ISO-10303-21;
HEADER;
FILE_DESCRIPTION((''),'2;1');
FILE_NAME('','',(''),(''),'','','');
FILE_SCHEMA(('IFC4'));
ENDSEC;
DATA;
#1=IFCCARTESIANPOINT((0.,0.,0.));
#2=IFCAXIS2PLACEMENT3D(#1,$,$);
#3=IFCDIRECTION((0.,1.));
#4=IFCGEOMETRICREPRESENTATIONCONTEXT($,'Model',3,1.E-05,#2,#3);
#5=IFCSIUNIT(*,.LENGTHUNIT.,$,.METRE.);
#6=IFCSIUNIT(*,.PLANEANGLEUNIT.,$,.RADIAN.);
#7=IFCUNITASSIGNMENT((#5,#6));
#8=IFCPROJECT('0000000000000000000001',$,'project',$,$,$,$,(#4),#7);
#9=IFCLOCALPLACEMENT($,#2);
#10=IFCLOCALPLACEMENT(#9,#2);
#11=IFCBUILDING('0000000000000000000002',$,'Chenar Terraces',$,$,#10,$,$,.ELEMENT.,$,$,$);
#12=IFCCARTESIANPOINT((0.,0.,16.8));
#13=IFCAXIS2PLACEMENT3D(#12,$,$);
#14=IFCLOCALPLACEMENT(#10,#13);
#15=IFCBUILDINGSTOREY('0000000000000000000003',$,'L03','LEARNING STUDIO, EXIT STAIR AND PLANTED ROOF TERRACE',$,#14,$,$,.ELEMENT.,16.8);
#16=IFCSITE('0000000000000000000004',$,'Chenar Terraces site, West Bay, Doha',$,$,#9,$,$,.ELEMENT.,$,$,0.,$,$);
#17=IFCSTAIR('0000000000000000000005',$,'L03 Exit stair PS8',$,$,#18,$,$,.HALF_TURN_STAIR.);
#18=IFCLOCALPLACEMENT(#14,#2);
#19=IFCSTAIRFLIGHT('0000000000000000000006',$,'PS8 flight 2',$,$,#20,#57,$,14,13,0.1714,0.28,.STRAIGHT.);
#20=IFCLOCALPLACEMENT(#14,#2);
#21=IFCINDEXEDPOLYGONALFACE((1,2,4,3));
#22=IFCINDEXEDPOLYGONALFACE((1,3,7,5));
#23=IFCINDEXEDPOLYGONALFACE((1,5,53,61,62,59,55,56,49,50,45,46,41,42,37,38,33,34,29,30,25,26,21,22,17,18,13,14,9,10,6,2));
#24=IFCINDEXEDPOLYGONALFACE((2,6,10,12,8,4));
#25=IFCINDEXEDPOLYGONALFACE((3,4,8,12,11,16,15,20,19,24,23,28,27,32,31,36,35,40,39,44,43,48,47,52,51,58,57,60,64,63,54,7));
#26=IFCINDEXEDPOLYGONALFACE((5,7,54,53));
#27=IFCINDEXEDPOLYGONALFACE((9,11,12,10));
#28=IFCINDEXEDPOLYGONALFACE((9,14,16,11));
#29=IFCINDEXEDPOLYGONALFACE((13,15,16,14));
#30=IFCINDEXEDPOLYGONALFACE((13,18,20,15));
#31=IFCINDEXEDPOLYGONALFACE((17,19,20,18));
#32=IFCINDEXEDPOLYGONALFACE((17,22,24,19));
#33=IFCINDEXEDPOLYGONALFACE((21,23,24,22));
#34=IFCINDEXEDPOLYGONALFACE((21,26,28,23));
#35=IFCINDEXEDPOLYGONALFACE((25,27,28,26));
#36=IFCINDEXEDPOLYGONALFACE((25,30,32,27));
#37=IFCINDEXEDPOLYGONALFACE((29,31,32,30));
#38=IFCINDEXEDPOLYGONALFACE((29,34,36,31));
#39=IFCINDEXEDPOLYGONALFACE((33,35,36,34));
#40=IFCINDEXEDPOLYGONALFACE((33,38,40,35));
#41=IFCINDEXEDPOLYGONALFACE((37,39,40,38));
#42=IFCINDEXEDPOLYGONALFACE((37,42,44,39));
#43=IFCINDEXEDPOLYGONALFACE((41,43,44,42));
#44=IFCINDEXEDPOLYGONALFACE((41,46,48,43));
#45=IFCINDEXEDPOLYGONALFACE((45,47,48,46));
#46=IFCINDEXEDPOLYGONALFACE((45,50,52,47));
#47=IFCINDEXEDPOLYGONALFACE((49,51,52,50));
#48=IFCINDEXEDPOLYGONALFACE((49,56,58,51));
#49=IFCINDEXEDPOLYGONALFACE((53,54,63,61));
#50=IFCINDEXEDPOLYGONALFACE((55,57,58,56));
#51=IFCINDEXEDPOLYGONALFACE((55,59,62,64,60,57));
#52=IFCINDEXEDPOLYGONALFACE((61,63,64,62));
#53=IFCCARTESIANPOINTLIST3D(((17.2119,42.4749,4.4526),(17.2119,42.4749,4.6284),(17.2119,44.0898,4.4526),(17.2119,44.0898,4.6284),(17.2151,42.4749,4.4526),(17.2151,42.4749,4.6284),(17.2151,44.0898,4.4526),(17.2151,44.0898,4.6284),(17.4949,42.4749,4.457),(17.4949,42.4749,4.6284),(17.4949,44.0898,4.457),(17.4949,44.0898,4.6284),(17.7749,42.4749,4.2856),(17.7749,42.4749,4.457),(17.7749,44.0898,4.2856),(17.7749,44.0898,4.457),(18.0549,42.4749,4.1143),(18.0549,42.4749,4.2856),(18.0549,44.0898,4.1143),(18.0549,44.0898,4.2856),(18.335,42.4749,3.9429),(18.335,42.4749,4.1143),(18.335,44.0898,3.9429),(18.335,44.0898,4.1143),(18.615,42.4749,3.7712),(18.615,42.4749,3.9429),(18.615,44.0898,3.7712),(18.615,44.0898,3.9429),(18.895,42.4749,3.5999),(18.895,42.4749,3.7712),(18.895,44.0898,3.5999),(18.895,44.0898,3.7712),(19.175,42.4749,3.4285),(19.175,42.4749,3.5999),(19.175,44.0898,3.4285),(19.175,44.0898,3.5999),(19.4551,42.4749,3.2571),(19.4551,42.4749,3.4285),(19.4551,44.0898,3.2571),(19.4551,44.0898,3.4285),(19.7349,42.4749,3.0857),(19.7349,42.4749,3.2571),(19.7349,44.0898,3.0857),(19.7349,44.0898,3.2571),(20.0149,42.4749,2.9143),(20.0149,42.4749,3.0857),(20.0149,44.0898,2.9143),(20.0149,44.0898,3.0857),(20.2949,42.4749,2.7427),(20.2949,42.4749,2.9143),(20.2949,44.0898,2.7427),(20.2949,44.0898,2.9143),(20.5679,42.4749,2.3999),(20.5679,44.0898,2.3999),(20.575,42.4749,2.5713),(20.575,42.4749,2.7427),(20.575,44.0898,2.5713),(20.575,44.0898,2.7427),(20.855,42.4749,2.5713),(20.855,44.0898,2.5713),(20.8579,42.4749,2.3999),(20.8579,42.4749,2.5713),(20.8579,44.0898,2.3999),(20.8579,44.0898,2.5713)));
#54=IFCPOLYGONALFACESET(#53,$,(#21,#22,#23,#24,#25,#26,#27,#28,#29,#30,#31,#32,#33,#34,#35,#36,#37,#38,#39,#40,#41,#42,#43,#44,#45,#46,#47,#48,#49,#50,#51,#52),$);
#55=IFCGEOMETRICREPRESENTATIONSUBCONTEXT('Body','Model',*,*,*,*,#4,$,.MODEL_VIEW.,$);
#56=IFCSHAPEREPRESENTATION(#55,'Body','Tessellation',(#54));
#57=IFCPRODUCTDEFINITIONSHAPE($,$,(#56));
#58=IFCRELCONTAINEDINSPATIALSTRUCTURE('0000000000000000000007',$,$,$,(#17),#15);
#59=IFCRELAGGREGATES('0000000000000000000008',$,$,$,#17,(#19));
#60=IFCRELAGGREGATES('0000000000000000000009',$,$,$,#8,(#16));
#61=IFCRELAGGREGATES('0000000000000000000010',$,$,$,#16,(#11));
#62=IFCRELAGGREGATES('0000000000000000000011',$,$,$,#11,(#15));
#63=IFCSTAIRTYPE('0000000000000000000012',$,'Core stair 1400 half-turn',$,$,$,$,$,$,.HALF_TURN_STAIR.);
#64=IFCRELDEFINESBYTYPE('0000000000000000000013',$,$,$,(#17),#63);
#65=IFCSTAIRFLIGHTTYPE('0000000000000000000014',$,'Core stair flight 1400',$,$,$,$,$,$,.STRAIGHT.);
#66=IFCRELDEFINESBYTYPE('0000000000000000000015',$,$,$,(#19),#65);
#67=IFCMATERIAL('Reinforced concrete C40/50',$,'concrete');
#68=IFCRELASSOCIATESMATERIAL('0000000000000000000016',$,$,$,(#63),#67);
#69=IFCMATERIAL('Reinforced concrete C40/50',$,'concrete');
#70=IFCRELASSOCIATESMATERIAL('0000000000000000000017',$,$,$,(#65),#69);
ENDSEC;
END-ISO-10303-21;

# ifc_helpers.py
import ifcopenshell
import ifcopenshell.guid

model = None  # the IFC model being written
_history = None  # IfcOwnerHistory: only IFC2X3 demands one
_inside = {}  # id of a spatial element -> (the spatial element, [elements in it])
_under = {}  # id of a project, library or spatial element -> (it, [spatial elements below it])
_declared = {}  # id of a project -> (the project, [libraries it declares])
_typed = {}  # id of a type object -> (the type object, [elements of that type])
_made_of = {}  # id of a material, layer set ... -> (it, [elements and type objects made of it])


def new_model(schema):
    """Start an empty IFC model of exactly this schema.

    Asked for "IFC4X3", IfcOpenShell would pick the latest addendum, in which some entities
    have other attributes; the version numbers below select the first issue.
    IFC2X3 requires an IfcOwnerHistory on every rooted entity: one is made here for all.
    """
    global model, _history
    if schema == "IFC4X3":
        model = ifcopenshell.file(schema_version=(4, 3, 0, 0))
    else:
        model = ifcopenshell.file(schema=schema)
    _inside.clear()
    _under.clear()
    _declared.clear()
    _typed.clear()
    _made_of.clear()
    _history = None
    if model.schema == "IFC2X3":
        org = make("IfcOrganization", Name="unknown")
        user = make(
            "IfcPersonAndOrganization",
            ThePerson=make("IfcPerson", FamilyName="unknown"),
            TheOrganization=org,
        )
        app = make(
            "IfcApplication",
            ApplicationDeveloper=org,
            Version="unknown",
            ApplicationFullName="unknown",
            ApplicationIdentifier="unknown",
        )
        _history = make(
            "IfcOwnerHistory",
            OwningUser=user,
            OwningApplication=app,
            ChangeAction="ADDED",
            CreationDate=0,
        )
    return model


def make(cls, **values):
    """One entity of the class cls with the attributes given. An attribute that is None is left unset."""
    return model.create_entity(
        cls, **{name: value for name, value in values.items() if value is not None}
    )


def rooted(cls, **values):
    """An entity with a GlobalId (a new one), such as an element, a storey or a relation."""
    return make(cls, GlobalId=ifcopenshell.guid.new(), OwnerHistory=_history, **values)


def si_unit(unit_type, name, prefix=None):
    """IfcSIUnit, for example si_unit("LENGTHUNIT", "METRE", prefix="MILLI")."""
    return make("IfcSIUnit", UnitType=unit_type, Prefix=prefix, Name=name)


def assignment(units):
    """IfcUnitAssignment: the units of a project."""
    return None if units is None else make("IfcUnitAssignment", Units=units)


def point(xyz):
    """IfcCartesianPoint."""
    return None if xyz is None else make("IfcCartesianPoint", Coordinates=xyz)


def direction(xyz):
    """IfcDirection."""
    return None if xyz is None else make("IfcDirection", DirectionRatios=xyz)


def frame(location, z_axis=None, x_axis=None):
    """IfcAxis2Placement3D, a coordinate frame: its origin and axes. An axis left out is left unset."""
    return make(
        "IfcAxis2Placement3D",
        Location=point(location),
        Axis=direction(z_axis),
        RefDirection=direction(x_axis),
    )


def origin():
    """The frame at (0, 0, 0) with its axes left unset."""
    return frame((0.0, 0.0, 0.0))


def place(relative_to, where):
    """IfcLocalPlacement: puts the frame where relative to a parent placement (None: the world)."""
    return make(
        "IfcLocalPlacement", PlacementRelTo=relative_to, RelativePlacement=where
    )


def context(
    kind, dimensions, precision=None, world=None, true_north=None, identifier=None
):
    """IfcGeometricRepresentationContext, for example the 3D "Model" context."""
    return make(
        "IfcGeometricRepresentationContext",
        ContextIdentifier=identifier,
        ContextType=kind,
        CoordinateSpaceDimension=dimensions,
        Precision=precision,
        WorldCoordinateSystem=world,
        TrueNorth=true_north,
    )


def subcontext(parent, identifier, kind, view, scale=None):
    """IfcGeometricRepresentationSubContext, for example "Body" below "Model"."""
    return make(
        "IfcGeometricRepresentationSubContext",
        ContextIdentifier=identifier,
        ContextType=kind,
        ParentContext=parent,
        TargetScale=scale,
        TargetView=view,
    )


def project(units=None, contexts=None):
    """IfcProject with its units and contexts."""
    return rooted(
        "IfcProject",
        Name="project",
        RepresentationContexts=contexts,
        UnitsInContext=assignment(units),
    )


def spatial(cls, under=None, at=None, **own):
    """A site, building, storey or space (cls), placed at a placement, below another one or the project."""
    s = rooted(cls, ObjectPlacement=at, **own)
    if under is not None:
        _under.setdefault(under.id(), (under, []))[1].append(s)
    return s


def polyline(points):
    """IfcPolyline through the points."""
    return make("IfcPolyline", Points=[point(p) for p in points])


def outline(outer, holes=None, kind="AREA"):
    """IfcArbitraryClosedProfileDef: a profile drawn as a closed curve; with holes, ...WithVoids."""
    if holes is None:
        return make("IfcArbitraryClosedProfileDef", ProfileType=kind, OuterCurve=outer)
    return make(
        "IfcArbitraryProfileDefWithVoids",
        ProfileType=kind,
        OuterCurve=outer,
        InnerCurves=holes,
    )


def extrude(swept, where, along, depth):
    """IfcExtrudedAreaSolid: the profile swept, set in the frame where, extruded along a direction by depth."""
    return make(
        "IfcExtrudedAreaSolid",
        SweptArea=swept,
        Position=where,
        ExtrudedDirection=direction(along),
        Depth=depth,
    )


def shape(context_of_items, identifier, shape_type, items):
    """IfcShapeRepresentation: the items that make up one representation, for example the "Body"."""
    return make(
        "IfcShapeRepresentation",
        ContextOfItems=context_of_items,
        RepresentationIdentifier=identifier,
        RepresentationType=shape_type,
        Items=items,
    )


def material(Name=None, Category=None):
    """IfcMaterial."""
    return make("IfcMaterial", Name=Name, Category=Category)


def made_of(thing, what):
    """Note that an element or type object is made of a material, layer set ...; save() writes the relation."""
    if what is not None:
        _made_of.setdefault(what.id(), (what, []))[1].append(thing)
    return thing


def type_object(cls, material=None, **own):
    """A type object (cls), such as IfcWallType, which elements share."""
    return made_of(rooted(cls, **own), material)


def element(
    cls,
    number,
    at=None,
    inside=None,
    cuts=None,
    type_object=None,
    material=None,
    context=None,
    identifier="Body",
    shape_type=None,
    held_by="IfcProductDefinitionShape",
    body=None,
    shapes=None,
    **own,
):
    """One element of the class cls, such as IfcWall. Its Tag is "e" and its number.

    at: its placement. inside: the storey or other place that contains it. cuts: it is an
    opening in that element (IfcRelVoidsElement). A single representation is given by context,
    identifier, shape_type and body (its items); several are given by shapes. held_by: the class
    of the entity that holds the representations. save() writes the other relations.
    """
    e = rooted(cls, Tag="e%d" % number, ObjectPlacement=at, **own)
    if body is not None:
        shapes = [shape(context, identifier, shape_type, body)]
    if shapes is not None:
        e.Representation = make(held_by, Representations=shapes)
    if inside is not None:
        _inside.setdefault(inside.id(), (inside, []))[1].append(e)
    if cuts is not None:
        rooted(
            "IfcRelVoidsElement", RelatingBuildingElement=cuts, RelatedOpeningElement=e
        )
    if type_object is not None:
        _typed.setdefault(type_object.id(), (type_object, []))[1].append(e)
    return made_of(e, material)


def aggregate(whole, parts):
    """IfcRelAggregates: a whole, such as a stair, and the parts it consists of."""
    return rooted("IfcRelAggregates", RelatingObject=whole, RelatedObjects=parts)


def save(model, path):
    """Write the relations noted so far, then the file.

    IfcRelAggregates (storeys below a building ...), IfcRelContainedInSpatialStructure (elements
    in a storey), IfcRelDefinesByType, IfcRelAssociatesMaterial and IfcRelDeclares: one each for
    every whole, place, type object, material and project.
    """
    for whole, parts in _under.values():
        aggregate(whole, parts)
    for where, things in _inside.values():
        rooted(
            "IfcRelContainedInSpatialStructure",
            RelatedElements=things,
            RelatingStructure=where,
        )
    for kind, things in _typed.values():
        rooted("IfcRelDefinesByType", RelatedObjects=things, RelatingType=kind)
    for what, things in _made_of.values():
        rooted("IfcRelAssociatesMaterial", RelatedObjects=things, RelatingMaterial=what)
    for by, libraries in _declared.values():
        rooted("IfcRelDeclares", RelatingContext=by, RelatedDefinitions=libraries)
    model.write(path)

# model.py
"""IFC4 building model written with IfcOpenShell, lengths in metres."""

from ifc_helpers import new_model, si_unit, direction, frame, origin, place, context, subcontext, project, spatial, polyline, outline, extrude, material, type_object, element, aggregate, save


model = new_model("IFC4")

# Units and contexts
model_context = context("Model", 3, precision=1e-05, world=origin(), true_north=direction((0.0, 1.0)))
body_context = subcontext(model_context, "Body", "Model", "MODEL_VIEW")
ifc_project = project(units=[si_unit("LENGTHUNIT", "METRE"), si_unit("PLANEANGLEUNIT", "RADIAN")], contexts=[model_context])

# Site, building, storey
site_placement = place(None, origin())
site = spatial("IfcSite", under=ifc_project, at=site_placement, Name="Chenar Terraces site, West Bay, Doha", CompositionType="ELEMENT", RefElevation=0.0)
building_placement = place(site_placement, origin())
building = spatial("IfcBuilding", under=site, at=building_placement, Name="Chenar Terraces", CompositionType="ELEMENT")
storey_placement = place(building_placement, frame((0.0, 0.0, 16.8)))
storey = spatial("IfcBuildingStorey", under=building, at=storey_placement, Name="L03", Description="LEARNING STUDIO, EXIT STAIR AND PLANTED ROOF TERRACE", CompositionType="ELEMENT", Elevation=16.8)

# Shared definitions
ifc_material_1 = material(Name="Reinforced concrete C40/50", Category="concrete")
stair_type = type_object("IfcStairType", Name="Core stair 1400 half-turn", PredefinedType="HALF_TURN_STAIR", material=ifc_material_1)
placement = place(storey_placement, origin())
ifc_material_2 = material(Name="Reinforced concrete C40/50", Category="concrete")
stair_flight_type = type_object("IfcStairFlightType", Name="Core stair flight 1400", PredefinedType="STRAIGHT", material=ifc_material_2)

# Stair, stair flight
stair_1 = element("IfcStair", 1, at=placement, inside=storey, type_object=stair_type, Name="L03 Exit stair PS8", PredefinedType="HALF_TURN_STAIR")
stair_flight_1_placement = place(storey_placement, frame((20.855, 43.2825, 2.3999), z_axis=(0.0, 0.0, 1.0), x_axis=(-1.0, 0.0, 0.0)))
stair_flight_1 = element("IfcStairFlight", 2, at=stair_flight_1_placement, type_object=stair_flight_type, Name="PS8 flight 2", NumberOfRisers=14, NumberOfTreads=13, PredefinedType="STRAIGHT", RiserHeight=0.1714, TreadLength=0.28, context=body_context, shape_type="SweptSolid", body=[
    extrude(outline(polyline([(-0.0029, 0.0), (-0.0029, 0.1714), (0.0, 0.1714), (0.28, 0.1714), (0.28, 0.3428), (0.5601, 0.3428), (0.5601, 0.5144), (0.8401, 0.5144), (0.8401, 0.6858), (1.1201, 0.6858), (1.1201, 0.8572), (1.3999, 0.8572), (1.3999, 1.0286), (1.6799, 1.0286), (1.6799, 1.2), (1.96, 1.2), (1.96, 1.3713), (2.24, 1.3713), (2.24, 1.543), (2.52, 1.543), (2.52, 1.7144), (2.8, 1.7144), (2.8, 1.8857), (3.0801, 1.8857), (3.0801, 2.0571), (3.3601, 2.0571), (3.3601, 2.2285), (3.6399, 2.2285), (3.6431, 2.2285), (3.6431, 2.0527), (3.6399, 2.0527), (0.2871, 0.0), (-0.0029, 0.0)])), frame((0.0, 0.8076, 0.0), z_axis=(0.0, -1.0, 0.0), x_axis=(1.0, 0.0, 0.0)), (0.0, 0.0, 1.0), 1.615),
])
aggregate(stair_1, [stair_flight_1])

save(model, "model.ifc")
